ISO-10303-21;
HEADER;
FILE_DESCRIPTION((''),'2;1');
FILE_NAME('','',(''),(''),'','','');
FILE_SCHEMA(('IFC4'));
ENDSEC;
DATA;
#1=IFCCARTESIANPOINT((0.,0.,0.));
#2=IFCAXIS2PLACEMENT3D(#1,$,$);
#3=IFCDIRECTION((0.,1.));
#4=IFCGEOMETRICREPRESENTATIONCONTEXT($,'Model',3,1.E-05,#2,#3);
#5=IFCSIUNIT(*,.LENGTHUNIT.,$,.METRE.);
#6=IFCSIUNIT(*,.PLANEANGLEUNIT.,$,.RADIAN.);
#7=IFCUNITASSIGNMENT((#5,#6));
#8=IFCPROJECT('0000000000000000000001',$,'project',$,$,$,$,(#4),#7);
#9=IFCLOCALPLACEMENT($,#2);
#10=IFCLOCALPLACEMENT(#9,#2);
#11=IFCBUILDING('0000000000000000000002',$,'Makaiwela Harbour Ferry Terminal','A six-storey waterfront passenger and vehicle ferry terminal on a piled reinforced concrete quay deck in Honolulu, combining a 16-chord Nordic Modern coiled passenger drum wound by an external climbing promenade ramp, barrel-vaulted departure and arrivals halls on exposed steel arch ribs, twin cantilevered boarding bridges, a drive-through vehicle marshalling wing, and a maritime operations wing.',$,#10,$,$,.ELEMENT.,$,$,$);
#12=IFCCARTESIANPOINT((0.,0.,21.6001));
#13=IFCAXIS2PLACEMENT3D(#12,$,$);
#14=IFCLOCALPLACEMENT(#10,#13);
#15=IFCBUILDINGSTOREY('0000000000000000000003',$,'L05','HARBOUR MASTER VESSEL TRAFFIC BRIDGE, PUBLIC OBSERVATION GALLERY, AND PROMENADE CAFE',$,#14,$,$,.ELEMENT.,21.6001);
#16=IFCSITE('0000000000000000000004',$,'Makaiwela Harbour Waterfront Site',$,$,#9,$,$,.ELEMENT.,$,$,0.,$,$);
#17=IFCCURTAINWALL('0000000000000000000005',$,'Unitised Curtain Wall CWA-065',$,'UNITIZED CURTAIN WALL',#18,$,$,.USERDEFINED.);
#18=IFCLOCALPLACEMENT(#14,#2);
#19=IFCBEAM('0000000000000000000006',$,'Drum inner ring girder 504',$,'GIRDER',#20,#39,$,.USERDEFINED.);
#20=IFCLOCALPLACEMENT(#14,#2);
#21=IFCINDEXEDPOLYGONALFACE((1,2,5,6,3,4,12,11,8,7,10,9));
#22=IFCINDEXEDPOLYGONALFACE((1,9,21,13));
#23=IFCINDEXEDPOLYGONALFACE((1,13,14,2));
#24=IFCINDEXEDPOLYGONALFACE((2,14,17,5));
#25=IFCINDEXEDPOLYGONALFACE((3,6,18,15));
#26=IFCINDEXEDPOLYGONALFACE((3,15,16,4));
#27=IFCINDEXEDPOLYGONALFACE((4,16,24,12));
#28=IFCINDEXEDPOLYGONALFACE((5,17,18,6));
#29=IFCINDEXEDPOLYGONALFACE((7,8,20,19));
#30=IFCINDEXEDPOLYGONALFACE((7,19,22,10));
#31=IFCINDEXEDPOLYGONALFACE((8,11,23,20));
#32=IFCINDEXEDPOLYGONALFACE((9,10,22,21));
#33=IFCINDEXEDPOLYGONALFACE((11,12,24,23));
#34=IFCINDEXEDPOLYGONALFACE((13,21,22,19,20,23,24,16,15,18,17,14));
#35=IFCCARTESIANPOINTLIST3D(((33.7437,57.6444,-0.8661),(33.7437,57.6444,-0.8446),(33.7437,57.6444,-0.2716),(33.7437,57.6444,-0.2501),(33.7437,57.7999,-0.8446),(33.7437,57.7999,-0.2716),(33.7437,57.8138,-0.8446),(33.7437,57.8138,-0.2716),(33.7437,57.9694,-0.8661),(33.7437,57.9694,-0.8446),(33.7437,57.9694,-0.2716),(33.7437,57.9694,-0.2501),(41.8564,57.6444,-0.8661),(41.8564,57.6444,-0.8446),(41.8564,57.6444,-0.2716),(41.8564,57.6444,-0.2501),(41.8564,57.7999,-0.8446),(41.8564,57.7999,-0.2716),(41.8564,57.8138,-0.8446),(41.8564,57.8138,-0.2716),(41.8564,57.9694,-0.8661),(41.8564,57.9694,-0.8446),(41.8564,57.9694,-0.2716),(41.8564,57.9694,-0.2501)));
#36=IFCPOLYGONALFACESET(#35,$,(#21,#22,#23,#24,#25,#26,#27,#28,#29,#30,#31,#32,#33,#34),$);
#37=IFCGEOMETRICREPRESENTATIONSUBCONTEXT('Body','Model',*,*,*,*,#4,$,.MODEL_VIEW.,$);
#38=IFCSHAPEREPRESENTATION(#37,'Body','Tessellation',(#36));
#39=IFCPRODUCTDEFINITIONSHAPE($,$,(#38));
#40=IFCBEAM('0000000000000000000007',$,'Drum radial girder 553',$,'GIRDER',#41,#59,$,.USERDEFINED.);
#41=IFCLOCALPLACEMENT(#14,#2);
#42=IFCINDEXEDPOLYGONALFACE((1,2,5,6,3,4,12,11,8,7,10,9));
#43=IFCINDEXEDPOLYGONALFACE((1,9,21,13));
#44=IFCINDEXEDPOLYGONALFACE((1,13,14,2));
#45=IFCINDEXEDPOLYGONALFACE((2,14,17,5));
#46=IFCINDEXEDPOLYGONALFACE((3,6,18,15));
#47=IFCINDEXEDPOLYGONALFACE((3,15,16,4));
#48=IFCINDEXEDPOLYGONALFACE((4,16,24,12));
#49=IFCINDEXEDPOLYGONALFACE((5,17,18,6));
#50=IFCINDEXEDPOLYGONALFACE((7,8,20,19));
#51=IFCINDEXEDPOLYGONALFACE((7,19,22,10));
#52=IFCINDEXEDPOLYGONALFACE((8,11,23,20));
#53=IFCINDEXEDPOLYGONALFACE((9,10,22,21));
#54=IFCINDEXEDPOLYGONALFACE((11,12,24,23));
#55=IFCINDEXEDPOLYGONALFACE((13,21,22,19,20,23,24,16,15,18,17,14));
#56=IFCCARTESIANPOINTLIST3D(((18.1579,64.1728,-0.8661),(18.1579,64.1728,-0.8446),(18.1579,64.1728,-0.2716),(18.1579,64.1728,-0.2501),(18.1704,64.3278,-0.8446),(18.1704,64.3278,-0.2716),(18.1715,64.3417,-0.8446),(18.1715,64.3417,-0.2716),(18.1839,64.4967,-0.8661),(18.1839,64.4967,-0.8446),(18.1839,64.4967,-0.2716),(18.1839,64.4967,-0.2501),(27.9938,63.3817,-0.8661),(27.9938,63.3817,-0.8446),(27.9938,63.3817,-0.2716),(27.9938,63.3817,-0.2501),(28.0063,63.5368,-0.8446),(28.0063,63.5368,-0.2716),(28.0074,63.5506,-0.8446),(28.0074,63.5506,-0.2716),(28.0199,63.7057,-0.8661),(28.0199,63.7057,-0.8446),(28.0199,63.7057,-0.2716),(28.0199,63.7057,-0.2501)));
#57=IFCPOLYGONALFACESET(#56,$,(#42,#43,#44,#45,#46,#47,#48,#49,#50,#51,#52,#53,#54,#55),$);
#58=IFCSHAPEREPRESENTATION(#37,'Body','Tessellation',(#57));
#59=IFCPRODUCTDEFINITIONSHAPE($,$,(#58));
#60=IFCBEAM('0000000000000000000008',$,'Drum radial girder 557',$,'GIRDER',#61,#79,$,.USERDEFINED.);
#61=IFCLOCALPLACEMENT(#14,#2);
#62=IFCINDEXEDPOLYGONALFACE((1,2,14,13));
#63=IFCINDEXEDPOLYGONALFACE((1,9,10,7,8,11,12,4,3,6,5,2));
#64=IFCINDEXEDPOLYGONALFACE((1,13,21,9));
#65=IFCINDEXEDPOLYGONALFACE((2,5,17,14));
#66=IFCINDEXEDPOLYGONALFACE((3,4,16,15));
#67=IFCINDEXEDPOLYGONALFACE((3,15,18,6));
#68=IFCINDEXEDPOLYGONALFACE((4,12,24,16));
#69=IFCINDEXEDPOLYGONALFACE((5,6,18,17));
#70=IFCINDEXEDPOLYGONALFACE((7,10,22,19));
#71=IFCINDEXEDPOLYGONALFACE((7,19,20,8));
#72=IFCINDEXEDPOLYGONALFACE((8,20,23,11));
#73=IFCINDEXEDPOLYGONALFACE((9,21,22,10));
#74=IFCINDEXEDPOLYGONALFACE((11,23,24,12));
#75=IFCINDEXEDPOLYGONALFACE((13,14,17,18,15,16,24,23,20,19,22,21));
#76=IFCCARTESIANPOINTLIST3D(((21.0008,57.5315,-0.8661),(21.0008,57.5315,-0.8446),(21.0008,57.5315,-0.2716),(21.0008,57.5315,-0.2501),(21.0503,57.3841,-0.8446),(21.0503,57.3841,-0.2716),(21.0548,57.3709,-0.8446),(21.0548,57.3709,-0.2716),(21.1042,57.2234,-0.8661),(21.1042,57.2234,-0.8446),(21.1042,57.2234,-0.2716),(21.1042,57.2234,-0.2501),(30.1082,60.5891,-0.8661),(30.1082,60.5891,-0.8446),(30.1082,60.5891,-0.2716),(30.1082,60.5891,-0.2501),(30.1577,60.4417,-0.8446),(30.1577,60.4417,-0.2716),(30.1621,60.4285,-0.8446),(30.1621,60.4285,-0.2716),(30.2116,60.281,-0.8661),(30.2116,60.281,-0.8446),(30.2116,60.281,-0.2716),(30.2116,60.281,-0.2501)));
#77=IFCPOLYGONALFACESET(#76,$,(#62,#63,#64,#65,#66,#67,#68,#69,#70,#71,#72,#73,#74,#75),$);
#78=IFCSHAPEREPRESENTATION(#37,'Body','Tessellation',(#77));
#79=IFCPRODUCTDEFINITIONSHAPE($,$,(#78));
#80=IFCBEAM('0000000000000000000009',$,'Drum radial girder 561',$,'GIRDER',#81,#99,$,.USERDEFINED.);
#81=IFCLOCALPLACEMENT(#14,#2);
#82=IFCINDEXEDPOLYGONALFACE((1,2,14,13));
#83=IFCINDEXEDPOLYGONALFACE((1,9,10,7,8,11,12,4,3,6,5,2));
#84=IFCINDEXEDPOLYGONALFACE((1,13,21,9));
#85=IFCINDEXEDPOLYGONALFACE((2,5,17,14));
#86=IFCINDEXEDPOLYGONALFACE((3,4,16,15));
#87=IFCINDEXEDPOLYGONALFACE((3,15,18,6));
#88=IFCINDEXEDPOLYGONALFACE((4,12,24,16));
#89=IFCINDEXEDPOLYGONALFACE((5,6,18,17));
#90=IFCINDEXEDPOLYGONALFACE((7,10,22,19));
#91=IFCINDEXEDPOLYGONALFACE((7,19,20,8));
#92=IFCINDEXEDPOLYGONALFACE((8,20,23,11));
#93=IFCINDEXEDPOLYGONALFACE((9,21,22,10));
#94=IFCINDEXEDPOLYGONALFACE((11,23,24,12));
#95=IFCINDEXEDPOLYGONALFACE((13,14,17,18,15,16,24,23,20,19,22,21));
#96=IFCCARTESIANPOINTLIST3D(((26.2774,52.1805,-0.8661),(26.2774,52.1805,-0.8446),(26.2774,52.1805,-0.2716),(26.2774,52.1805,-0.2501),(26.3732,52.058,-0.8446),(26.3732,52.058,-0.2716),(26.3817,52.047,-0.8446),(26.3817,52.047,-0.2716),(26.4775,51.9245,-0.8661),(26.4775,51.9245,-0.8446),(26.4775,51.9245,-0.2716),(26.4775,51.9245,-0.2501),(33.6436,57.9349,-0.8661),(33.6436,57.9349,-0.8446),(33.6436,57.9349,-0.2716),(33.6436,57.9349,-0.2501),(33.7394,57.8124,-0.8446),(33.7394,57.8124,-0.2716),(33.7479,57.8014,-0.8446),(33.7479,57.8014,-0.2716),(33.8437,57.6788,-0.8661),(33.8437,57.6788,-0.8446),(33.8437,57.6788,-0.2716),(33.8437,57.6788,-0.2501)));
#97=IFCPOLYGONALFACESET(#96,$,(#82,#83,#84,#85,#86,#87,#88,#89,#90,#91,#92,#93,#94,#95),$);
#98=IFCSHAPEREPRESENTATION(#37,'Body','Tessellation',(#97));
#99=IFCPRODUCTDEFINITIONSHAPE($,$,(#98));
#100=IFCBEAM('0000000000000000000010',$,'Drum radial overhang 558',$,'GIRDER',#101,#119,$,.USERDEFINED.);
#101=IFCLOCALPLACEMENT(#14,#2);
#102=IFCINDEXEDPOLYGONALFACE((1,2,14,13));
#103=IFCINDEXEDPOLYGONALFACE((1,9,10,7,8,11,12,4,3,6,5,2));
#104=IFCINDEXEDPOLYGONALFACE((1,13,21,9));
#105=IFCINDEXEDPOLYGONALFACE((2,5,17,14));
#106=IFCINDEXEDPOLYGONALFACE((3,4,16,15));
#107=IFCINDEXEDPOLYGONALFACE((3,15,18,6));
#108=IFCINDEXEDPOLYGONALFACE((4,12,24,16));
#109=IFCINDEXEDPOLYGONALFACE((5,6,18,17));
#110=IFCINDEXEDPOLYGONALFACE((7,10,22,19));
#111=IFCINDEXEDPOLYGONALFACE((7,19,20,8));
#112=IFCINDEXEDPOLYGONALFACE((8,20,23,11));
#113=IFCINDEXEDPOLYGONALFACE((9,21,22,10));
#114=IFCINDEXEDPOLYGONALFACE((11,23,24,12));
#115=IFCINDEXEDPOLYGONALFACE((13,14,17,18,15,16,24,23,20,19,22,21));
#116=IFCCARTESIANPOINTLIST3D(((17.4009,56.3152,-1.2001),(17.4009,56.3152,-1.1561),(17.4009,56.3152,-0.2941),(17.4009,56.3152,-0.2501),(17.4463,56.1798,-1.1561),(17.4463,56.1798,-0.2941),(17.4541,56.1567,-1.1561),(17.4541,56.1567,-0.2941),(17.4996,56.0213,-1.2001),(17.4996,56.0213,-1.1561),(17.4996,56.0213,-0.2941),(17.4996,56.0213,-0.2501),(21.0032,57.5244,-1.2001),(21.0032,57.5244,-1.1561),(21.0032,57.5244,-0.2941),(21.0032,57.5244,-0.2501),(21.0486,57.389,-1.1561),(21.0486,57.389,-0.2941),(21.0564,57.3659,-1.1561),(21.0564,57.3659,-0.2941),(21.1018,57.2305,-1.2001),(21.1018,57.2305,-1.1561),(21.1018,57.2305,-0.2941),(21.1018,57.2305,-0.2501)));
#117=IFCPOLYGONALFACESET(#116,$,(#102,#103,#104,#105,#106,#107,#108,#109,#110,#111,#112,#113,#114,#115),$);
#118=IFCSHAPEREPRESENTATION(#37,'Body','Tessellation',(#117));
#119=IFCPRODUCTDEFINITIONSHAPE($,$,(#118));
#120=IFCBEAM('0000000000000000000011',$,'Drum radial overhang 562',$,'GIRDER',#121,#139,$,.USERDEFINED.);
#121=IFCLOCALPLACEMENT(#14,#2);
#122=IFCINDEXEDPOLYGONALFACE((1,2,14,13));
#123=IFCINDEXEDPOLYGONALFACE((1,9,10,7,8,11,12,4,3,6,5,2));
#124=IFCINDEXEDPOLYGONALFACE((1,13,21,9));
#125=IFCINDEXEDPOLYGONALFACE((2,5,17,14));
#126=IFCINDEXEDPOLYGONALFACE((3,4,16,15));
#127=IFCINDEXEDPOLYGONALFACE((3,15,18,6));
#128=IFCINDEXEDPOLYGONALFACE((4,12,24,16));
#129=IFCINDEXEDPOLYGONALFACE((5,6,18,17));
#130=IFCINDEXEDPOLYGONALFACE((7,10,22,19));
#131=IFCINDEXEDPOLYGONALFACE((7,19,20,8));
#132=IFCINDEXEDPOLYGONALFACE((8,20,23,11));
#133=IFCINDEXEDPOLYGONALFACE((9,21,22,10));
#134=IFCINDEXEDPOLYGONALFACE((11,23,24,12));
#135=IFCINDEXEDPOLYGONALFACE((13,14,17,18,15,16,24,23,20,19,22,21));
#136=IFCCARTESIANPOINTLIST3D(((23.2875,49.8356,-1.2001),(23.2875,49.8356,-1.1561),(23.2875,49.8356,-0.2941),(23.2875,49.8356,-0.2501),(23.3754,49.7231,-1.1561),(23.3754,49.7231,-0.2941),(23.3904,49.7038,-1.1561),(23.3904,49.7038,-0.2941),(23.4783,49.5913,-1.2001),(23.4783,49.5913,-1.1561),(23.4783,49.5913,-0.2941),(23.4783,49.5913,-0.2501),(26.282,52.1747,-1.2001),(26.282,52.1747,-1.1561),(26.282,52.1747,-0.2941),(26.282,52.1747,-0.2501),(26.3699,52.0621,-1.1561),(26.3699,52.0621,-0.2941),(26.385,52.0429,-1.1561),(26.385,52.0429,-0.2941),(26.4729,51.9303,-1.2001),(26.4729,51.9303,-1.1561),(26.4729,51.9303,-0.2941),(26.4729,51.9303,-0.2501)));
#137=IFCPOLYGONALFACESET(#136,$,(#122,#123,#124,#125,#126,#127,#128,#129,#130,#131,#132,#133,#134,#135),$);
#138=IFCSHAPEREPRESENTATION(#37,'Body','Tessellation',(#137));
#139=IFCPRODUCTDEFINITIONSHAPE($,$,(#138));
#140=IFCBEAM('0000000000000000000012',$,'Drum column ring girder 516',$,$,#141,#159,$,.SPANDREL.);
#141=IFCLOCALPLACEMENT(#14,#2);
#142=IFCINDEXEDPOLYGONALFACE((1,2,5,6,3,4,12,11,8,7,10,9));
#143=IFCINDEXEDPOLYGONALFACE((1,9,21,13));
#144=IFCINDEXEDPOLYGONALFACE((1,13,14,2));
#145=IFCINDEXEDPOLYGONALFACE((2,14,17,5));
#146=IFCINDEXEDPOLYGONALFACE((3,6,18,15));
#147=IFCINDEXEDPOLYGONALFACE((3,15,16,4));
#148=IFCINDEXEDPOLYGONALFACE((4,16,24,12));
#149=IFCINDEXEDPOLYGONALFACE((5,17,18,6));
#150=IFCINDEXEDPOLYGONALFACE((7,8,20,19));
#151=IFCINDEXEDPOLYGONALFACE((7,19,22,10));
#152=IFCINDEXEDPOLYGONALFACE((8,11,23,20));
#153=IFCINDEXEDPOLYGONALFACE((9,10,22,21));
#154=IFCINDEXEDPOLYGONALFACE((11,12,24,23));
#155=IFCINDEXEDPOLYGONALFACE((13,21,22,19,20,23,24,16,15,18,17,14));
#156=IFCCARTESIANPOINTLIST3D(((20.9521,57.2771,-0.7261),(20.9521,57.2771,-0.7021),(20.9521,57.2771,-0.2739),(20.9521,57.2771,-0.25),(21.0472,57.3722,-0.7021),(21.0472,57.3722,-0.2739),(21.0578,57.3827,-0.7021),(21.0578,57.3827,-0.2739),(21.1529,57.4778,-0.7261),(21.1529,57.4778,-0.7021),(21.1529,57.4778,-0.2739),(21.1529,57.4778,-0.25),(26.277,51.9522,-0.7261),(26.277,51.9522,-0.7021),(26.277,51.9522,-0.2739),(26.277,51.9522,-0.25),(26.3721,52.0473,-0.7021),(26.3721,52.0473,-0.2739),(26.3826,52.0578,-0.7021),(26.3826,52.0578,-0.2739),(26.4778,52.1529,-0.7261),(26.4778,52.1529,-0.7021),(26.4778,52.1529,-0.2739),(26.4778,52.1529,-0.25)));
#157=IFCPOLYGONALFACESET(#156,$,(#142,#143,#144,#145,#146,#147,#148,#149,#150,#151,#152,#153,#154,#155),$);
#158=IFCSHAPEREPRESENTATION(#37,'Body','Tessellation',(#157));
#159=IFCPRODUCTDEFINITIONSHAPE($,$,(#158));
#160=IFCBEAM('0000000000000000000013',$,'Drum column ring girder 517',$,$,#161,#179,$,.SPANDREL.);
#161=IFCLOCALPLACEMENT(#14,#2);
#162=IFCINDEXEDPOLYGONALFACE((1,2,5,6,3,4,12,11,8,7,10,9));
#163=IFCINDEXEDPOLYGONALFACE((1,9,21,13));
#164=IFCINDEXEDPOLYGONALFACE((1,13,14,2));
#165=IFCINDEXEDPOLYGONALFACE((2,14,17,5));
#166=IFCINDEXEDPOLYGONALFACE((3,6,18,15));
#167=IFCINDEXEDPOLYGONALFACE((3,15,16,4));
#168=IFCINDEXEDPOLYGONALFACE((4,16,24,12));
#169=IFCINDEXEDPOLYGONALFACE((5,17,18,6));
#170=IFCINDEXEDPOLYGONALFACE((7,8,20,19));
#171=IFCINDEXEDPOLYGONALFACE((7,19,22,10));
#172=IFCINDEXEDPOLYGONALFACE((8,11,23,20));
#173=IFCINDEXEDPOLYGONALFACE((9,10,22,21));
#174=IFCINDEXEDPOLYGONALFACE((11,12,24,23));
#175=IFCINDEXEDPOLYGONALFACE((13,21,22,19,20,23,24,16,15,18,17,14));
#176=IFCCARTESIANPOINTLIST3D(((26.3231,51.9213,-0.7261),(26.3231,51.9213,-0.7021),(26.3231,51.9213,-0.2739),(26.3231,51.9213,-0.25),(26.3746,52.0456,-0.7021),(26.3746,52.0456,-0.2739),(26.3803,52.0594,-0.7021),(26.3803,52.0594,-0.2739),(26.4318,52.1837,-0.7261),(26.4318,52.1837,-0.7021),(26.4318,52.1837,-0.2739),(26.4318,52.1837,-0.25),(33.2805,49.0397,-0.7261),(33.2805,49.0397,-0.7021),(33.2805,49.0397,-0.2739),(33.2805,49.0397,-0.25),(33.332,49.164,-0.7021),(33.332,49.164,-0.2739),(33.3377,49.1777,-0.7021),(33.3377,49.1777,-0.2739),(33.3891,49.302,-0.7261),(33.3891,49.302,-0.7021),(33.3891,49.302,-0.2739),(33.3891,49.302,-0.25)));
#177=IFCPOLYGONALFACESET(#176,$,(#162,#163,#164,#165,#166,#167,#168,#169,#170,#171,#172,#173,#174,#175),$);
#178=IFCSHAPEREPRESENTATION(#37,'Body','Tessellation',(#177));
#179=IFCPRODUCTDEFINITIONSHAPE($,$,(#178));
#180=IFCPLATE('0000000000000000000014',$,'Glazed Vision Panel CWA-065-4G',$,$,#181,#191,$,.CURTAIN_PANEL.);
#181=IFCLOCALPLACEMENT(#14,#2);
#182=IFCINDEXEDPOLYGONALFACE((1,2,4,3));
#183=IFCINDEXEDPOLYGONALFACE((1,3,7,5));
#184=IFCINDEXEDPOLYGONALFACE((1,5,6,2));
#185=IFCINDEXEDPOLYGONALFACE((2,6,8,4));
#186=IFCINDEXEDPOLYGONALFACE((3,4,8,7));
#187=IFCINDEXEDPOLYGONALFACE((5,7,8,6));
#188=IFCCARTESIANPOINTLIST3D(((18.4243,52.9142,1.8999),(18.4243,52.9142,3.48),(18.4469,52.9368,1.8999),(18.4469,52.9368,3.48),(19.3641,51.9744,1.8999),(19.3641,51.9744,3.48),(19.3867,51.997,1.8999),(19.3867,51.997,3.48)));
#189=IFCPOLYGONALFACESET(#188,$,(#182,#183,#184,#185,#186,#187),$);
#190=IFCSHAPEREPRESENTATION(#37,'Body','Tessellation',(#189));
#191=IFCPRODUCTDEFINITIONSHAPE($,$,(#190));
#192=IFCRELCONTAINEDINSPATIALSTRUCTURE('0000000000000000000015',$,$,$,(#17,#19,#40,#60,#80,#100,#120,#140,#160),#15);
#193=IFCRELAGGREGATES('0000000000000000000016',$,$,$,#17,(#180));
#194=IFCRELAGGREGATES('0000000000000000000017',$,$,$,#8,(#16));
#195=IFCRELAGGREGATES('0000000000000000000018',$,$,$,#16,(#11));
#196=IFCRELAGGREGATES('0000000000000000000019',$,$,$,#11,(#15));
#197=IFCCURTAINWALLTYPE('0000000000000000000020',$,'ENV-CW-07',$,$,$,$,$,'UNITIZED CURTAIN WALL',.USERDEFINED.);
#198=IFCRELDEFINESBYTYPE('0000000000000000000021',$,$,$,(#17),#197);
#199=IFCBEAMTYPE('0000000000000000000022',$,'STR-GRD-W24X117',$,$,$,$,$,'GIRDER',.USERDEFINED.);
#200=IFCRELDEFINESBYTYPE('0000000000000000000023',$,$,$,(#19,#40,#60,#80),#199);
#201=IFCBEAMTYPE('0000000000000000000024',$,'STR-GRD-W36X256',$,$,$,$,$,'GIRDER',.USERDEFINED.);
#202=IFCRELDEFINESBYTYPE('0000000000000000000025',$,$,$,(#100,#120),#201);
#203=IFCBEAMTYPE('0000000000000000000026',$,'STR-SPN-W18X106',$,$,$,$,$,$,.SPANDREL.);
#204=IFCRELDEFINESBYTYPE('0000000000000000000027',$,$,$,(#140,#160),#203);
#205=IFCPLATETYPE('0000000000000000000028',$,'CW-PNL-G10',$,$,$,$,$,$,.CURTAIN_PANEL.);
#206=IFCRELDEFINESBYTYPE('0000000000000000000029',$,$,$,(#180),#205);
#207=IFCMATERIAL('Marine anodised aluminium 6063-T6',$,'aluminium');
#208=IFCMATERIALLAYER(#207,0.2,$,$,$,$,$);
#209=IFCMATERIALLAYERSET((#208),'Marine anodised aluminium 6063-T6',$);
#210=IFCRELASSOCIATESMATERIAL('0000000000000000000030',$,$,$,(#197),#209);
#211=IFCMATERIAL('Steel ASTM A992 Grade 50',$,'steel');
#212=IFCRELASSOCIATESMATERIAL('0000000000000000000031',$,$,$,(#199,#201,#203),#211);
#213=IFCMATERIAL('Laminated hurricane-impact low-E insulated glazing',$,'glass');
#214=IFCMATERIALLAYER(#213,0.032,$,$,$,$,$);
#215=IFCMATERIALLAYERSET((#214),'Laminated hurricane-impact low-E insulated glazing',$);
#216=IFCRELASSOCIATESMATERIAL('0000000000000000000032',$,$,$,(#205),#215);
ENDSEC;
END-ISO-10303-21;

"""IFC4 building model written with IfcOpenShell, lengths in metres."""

from ifc_helpers import new_model, si_unit, direction, frame, origin, origin_2d, place, context, subcontext, project, spatial, rectangle, i_section, extrude, material, layer, layer_set, material_profile, profile_set, type_object, element, aggregate, save


model = new_model("IFC4")

# Units and contexts
model_context = context("Model", 3, precision=1e-05, world=origin(), true_north=direction((0.0, 1.0)))
body_context = subcontext(model_context, "Body", "Model", "MODEL_VIEW")
ifc_project = project(units=[si_unit("LENGTHUNIT", "METRE"), si_unit("PLANEANGLEUNIT", "RADIAN")], contexts=[model_context])

# Site, building, storey
site_placement = place(None, origin())
site = spatial("IfcSite", under=ifc_project, at=site_placement, Name="Makaiwela Harbour Waterfront Site", CompositionType="ELEMENT", RefElevation=0.0)
building_placement = place(site_placement, origin())
building = spatial("IfcBuilding", under=site, at=building_placement, Name="Makaiwela Harbour Ferry Terminal", Description="A six-storey waterfront passenger and vehicle ferry terminal on a piled reinforced concrete quay deck in Honolulu, combining a 16-chord Nordic Modern coiled passenger drum wound by an external climbing promenade ramp, barrel-vaulted departure and arrivals halls on exposed steel arch ribs, twin cantilevered boarding bridges, a drive-through vehicle marshalling wing, and a maritime operations wing.", CompositionType="ELEMENT")
storey_placement = place(building_placement, frame((0.0, 0.0, 21.6001)))
storey = spatial("IfcBuildingStorey", under=building, at=storey_placement, Name="L05", Description="HARBOUR MASTER VESSEL TRAFFIC BRIDGE, PUBLIC OBSERVATION GALLERY, AND PROMENADE CAFE", CompositionType="ELEMENT", Elevation=21.6001)

# Shared definitions
ifc_material_1 = material(Name="Steel ASTM A992 Grade 50", Category="steel")

# Curtain wall
ifc_material_2 = material(Name="Marine anodised aluminium 6063-T6", Category="aluminium")
ifc_layer_1 = layer(ifc_material_2, 0.2)
ifc_layer_set_1 = layer_set([ifc_layer_1], Name="Marine anodised aluminium 6063-T6")
curtain_wall_type = type_object("IfcCurtainWallType", Name="ENV-CW-07", ElementType="UNITIZED CURTAIN WALL", PredefinedType="USERDEFINED", material=ifc_layer_set_1)
curtain_wall_placement = place(storey_placement, origin())
curtain_wall = element("IfcCurtainWall", 1, at=curtain_wall_placement, inside=storey, type_object=curtain_wall_type, Name="Unitised Curtain Wall CWA-065", ObjectType="UNITIZED CURTAIN WALL", PredefinedType="USERDEFINED")

# Beams
ifc_material_profile_1 = material_profile(ifc_material_1, i_section(OverallWidth=0.325, OverallDepth=0.616, WebThickness=0.0139, FlangeThickness=0.0215, at=origin_2d()), Name="W24X117")
ifc_profile_set_1 = profile_set([ifc_material_profile_1], Name="Steel ASTM A992 Grade 50")
beam_type_1 = type_object("IfcBeamType", Name="STR-GRD-W24X117", ElementType="GIRDER", PredefinedType="USERDEFINED", material=ifc_profile_set_1)
beam_1_placement = place(storey_placement, frame((33.7437, 57.8069, -0.5581), z_axis=(1.0, 0.0, 0.0), x_axis=(0.0, 1.0, 0.0)))
element("IfcBeam", 2, at=beam_1_placement, inside=storey, type_object=beam_type_1, Name="Drum inner ring girder 504", ObjectType="GIRDER", PredefinedType="USERDEFINED", context=body_context, shape_type="SweptSolid", body=[
    extrude(i_section(OverallWidth=0.325, OverallDepth=0.616, WebThickness=0.0139, FlangeThickness=0.0215, at=origin_2d()), origin(), (0.0, 0.0, 1.0), 8.1128),
])
beam_2_placement = place(storey_placement, frame((28.0068, 63.5437, -0.5581), z_axis=(-0.996782, 0.080162, 0.0), x_axis=(-0.080162, -0.996782, 0.0)))
element("IfcBeam", 3, at=beam_2_placement, inside=storey, type_object=beam_type_1, Name="Drum radial girder 553", ObjectType="GIRDER", PredefinedType="USERDEFINED", context=body_context, shape_type="SweptSolid", body=[
    extrude(i_section(OverallWidth=0.325, OverallDepth=0.616, WebThickness=0.0139, FlangeThickness=0.0215, at=origin_2d()), origin(), (0.0, 0.0, 1.0), 9.8677),
])
beam_3_placement = place(storey_placement, frame((30.1599, 60.4351, -0.5581), z_axis=(-0.948, -0.31827, 0.0), x_axis=(0.31827, -0.948, 0.0)))
element("IfcBeam", 4, at=beam_3_placement, inside=storey, type_object=beam_type_1, Name="Drum radial girder 557", ObjectType="GIRDER", PredefinedType="USERDEFINED", context=body_context, shape_type="SweptSolid", body=[
    extrude(i_section(OverallWidth=0.325, OverallDepth=0.616, WebThickness=0.0139, FlangeThickness=0.0215, at=origin_2d()), origin(), (0.0, 0.0, 1.0), 9.6069),
])
beam_4_placement = place(storey_placement, frame((33.7437, 57.8069, -0.5581), z_axis=(-0.788048, -0.615614, 0.0), x_axis=(0.615614, -0.788048, 0.0)))
element("IfcBeam", 5, at=beam_4_placement, inside=storey, type_object=beam_type_1, Name="Drum radial girder 561", ObjectType="GIRDER", PredefinedType="USERDEFINED", context=body_context, shape_type="SweptSolid", body=[
    extrude(i_section(OverallWidth=0.325, OverallDepth=0.616, WebThickness=0.0139, FlangeThickness=0.0215, at=origin_2d()), origin(), (0.0, 0.0, 1.0), 9.3474),
])
ifc_material_profile_2 = material_profile(ifc_material_1, i_section(OverallWidth=0.3101, OverallDepth=0.95, WebThickness=0.0244, FlangeThickness=0.0439, at=origin_2d()), Name="W36X256")
ifc_profile_set_2 = profile_set([ifc_material_profile_2], Name="Steel ASTM A992 Grade 50")
beam_type_2 = type_object("IfcBeamType", Name="STR-GRD-W36X256", ElementType="GIRDER", PredefinedType="USERDEFINED", material=ifc_profile_set_2)
for number, where, z_axis, x_axis, name in (
    (6, (21.0525, 57.3774, -0.7251), (-0.948013, -0.318232, 0.0), (0.318232, -0.948013, 0.0), "Drum radial overhang 558"),
    (7, (26.3774, 52.0525, -0.7251), (-0.788081, -0.615572, 0.0), (0.615572, -0.788081, 0.0), "Drum radial overhang 562"),
):
    element("IfcBeam", number, at=place(storey_placement, frame(where, z_axis=z_axis, x_axis=x_axis)), inside=storey, type_object=beam_type_2, Name=name, ObjectType="GIRDER", PredefinedType="USERDEFINED", context=body_context, shape_type="SweptSolid", body=[
        extrude(i_section(OverallWidth=0.3101, OverallDepth=0.95, WebThickness=0.0244, FlangeThickness=0.0439, at=origin_2d()), origin(), (0.0, 0.0, 1.0), 3.7998),
    ])
ifc_material_profile_3 = material_profile(ifc_material_1, i_section(OverallWidth=0.2839, OverallDepth=0.4761, WebThickness=0.0149, FlangeThickness=0.0239, at=origin_2d()), Name="W18X106")
ifc_profile_set_3 = profile_set([ifc_material_profile_3], Name="Steel ASTM A992 Grade 50")
beam_type_3 = type_object("IfcBeamType", Name="STR-SPN-W18X106", PredefinedType="SPANDREL", material=ifc_profile_set_3)
for number, where, z_axis, x_axis, name in (
    (8, (21.0525, 57.3774, -0.488), (0.707107, -0.707107, 0.0), (0.707107, 0.707107, 0.0), "Drum column ring girder 516"),
    (9, (26.3774, 52.0525, -0.488), (0.923889, -0.38266, 0.0), (0.38266, 0.923889, 0.0), "Drum column ring girder 517"),
):
    element("IfcBeam", number, at=place(storey_placement, frame(where, z_axis=z_axis, x_axis=x_axis)), inside=storey, type_object=beam_type_3, Name=name, PredefinedType="SPANDREL", context=body_context, shape_type="SweptSolid", body=[
        extrude(i_section(OverallWidth=0.2839, OverallDepth=0.4761, WebThickness=0.0149, FlangeThickness=0.0239, at=origin_2d()), origin(), (0.0, 0.0, 1.0), 7.5305),
    ])

# Plate
ifc_material_3 = material(Name="Laminated hurricane-impact low-E insulated glazing", Category="glass")
ifc_layer_2 = layer(ifc_material_3, 0.032)
ifc_layer_set_2 = layer_set([ifc_layer_2], Name="Laminated hurricane-impact low-E insulated glazing")
plate_type_1 = type_object("IfcPlateType", Name="CW-PNL-G10", PredefinedType="CURTAIN_PANEL", material=ifc_layer_set_2)
plate_1_placement = place(storey_placement, frame((18.9055, 52.4556, 1.8999), z_axis=(0.0, 0.0, 1.0), x_axis=(0.707107, -0.707107, 0.0)))
plate_1 = element("IfcPlate", 10, at=plate_1_placement, type_object=plate_type_1, Name="Glazed Vision Panel CWA-065-4G", PredefinedType="CURTAIN_PANEL", context=body_context, shape_type="SweptSolid", body=[
    extrude(rectangle(XDim=1.3291, YDim=0.032, at=origin_2d()), origin(), (0.0, 0.0, 1.0), 1.5801),
])
aggregate(curtain_wall, [plate_1])

save(model, "model.ifc")
